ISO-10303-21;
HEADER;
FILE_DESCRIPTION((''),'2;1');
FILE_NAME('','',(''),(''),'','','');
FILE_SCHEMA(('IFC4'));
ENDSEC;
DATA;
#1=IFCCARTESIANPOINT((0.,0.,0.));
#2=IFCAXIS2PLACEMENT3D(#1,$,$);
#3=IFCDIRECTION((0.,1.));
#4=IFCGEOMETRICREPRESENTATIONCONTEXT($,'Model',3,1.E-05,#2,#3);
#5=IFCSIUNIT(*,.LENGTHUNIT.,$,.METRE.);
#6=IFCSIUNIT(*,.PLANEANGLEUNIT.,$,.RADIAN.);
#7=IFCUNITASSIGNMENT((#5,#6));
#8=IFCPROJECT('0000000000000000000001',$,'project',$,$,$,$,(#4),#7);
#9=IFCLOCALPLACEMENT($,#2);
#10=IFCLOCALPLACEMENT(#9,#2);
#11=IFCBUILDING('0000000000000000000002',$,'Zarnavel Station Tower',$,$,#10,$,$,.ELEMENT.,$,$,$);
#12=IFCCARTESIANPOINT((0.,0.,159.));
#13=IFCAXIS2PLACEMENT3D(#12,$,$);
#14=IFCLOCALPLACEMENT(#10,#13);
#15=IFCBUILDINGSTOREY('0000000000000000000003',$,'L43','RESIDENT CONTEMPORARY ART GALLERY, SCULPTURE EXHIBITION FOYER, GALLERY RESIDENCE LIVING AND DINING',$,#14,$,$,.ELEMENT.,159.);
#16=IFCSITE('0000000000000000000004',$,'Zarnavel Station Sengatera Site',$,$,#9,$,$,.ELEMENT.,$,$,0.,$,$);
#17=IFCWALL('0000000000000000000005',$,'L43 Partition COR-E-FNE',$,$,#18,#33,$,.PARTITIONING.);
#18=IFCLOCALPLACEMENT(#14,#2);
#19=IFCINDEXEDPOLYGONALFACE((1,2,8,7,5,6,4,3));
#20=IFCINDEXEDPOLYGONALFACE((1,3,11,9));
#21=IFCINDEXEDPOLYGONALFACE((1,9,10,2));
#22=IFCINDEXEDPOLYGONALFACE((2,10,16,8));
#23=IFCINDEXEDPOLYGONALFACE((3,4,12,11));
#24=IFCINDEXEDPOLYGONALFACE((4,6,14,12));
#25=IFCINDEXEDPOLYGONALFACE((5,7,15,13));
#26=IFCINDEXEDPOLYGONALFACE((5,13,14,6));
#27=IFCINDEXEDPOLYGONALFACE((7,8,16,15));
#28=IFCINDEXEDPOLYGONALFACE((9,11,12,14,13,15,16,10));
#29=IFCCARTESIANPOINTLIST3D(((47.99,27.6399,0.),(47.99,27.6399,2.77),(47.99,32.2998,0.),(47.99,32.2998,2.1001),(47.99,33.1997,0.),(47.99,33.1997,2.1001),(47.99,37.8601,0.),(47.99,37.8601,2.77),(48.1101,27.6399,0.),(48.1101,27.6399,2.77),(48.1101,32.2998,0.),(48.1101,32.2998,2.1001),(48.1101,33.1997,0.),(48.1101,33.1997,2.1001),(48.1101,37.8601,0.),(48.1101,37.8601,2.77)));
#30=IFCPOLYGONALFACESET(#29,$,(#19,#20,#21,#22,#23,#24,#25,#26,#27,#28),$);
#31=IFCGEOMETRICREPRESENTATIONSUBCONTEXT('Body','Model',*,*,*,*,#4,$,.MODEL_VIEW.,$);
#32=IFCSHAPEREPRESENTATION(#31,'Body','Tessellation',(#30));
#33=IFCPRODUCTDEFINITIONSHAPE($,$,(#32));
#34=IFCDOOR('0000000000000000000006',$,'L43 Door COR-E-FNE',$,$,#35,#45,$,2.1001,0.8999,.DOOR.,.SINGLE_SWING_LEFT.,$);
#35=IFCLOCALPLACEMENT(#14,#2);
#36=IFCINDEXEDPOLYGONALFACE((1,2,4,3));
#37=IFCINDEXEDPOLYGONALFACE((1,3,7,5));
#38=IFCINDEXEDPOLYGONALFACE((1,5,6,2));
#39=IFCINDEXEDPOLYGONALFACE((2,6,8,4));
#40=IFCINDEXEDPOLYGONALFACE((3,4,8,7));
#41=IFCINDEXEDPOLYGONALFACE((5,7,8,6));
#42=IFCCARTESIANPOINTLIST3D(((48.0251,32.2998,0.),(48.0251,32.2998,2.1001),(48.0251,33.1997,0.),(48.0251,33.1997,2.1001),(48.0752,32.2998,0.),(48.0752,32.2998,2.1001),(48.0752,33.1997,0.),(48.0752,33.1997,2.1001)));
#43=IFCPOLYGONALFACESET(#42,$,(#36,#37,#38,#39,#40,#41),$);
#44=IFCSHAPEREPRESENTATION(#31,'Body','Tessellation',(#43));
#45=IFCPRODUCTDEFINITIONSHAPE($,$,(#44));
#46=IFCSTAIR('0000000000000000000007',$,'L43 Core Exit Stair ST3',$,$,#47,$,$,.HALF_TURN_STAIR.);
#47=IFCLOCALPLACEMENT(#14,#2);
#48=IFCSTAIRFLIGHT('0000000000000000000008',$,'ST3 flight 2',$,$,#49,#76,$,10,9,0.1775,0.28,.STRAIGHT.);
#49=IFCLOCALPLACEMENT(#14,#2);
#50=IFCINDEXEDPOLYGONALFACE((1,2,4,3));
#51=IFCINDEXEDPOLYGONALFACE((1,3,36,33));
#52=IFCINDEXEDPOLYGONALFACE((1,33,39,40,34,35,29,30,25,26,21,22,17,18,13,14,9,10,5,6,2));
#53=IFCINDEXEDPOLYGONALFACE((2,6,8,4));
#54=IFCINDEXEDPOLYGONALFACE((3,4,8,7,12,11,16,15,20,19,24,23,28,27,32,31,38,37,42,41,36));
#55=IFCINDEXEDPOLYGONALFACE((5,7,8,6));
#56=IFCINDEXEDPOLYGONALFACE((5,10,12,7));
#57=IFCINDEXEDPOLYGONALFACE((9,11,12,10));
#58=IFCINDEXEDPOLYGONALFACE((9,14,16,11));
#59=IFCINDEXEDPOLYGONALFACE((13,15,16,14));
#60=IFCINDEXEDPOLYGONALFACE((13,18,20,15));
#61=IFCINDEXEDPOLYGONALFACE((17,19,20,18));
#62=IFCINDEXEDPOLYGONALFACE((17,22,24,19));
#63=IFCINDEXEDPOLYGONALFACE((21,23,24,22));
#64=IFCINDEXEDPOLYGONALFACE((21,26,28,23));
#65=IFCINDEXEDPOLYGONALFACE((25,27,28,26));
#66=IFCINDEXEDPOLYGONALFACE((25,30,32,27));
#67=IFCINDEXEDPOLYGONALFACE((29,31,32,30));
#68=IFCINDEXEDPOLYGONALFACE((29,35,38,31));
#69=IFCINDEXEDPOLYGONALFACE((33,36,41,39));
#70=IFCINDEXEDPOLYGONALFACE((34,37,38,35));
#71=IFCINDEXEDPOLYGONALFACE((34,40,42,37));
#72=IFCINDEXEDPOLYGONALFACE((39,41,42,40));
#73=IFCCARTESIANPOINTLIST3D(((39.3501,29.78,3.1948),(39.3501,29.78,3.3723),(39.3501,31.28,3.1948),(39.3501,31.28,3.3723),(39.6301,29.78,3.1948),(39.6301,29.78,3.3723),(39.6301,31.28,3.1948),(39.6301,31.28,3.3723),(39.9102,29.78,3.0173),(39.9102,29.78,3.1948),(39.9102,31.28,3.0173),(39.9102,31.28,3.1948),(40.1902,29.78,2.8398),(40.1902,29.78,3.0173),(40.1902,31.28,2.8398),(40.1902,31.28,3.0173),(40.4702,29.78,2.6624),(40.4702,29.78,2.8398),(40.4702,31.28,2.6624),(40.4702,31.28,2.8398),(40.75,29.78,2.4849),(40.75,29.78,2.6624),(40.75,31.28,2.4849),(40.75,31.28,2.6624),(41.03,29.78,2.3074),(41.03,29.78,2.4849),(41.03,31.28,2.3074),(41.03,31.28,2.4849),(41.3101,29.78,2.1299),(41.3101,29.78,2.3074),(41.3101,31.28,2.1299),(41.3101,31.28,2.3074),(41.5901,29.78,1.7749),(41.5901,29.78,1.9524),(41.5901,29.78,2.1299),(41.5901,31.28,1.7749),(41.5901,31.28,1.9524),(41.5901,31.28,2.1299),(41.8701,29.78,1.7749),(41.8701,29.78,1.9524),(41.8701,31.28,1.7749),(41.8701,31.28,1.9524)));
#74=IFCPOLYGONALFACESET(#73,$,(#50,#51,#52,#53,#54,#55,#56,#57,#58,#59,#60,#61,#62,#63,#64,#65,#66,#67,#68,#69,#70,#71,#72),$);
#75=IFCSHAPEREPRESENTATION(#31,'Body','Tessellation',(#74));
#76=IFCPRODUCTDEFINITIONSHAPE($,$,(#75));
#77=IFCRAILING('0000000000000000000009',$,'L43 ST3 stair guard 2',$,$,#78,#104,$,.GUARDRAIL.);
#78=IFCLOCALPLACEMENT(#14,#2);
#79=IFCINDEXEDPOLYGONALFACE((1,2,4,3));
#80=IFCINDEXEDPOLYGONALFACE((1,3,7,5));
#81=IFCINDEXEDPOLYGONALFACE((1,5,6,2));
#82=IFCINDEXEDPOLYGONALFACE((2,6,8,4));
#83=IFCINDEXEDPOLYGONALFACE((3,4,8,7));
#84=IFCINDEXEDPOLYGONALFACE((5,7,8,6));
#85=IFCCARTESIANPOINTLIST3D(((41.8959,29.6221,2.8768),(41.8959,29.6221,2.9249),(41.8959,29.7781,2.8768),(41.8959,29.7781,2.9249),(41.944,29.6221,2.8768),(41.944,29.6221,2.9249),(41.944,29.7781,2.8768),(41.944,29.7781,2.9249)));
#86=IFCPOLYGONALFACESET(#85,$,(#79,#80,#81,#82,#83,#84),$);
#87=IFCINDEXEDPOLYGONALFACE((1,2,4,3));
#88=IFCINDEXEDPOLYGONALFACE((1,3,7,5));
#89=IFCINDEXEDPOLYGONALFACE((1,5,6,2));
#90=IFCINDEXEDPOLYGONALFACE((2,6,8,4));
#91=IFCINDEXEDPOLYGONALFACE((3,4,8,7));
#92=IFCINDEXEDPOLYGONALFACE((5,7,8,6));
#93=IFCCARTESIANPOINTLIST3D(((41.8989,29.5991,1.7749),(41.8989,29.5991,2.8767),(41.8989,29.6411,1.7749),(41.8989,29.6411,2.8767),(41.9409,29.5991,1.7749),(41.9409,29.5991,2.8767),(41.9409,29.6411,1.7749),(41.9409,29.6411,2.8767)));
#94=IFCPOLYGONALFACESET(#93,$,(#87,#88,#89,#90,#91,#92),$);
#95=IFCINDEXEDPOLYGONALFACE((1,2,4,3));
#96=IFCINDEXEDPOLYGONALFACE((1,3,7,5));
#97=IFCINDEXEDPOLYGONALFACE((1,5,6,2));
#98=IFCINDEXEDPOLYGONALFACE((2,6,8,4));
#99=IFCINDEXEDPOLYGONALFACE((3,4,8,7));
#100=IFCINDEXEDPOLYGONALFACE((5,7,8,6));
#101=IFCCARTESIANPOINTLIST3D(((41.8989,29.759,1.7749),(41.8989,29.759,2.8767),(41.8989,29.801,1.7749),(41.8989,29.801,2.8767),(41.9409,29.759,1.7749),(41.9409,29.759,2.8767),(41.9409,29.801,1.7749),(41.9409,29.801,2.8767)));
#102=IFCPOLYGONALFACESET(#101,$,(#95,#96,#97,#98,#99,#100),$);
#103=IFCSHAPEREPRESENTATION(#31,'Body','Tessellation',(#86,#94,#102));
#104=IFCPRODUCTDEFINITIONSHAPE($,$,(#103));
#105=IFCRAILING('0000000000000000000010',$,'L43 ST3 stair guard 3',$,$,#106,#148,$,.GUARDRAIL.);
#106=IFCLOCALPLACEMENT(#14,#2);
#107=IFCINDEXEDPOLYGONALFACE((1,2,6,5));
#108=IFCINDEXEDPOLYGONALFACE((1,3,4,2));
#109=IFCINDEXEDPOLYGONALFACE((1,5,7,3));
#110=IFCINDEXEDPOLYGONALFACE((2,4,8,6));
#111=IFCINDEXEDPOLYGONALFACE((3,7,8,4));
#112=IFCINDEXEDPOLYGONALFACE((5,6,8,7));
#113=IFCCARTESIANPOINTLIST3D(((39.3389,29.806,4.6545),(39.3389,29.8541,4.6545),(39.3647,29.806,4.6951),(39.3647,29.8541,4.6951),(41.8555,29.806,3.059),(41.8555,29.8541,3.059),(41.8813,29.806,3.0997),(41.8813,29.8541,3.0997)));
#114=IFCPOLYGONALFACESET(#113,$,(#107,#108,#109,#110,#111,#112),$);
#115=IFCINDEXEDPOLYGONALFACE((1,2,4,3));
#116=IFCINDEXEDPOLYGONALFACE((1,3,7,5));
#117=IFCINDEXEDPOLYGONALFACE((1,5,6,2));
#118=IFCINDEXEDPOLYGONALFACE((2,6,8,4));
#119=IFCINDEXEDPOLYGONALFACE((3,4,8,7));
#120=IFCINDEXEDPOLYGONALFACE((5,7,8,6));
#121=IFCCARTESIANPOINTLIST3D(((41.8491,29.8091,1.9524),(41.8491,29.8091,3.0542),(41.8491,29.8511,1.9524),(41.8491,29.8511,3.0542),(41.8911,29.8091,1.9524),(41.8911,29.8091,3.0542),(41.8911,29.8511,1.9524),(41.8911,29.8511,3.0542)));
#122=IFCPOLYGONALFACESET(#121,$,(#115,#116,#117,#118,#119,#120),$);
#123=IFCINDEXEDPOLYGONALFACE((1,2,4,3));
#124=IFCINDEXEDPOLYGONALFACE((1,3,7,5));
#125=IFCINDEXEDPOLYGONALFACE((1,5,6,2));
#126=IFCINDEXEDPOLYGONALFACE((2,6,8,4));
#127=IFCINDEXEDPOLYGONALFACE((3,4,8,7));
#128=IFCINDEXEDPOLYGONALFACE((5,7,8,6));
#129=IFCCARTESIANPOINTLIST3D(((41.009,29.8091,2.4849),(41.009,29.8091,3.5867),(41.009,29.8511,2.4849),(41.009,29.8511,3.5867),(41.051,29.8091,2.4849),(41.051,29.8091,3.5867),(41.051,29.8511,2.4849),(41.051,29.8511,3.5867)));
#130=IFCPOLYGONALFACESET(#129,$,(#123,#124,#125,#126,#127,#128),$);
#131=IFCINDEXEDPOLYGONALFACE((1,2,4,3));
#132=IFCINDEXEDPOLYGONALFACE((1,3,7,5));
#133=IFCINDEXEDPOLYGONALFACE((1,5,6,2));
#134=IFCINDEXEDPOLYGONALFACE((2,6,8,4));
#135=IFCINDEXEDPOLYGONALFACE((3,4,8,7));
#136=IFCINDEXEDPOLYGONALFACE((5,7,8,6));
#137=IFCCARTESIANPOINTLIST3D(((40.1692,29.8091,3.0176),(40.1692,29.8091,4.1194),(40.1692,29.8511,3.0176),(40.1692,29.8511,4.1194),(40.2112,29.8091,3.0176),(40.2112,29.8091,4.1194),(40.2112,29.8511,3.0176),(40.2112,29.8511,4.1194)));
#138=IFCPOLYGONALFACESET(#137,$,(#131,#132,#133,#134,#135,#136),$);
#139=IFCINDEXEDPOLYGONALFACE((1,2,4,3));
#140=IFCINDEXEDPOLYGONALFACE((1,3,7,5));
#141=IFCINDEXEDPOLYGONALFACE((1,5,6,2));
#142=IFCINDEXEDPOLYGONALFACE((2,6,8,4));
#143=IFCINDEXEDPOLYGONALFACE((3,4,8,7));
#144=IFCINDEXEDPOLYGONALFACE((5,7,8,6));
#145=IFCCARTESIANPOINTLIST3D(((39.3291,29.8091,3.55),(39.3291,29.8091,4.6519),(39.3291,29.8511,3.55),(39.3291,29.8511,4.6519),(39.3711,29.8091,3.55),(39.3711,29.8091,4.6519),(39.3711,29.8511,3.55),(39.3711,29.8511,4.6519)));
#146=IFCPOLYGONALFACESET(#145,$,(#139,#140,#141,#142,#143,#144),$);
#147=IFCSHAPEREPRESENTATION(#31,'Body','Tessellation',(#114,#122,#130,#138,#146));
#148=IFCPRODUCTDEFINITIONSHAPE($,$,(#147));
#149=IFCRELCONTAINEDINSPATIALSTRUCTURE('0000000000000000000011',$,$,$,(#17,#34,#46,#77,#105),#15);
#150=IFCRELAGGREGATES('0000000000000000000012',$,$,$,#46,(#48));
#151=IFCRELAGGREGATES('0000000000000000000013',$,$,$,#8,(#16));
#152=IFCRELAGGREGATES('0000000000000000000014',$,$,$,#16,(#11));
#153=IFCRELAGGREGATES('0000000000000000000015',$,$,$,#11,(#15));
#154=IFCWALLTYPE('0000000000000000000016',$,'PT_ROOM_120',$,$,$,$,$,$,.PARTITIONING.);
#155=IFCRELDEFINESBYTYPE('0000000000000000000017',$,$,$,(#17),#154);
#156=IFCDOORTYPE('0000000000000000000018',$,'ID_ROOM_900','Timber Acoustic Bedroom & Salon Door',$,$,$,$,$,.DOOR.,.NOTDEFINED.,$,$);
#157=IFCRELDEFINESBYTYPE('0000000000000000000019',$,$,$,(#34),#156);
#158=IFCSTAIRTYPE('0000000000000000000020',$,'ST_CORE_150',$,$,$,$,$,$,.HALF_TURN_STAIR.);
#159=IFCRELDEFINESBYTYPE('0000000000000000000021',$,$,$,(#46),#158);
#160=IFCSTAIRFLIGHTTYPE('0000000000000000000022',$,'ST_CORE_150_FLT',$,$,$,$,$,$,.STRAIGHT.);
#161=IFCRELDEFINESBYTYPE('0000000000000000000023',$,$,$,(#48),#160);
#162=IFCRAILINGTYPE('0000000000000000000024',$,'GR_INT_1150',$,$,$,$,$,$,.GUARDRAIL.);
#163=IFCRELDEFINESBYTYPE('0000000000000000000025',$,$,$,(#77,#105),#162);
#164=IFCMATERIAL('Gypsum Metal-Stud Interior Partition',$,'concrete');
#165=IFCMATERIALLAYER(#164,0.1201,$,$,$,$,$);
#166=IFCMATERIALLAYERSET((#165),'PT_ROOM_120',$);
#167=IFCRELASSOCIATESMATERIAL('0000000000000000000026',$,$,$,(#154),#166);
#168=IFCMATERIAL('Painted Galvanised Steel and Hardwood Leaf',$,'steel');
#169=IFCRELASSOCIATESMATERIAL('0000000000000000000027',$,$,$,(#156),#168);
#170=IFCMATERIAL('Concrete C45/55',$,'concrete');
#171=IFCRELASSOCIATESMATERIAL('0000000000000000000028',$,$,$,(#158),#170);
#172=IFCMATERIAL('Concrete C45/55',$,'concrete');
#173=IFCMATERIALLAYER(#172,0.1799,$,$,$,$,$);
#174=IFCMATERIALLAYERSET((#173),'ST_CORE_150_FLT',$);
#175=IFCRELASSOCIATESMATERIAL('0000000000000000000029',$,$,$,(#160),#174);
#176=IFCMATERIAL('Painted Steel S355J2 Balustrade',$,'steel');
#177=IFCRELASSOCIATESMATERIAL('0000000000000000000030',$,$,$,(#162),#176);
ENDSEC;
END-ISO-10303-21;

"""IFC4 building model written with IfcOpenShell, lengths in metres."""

from ifc_helpers import new_model, si_unit, direction, frame, frame_2d, origin, origin_2d, place, context, subcontext, project, spatial, polyline, rectangle, outline, extrude, material, layer, layer_set, type_object, element, fill, aggregate, save


model = new_model("IFC4")

# Units and contexts
model_context = context("Model", 3, precision=1e-05, world=origin(), true_north=direction((0.0, 1.0)))
body_context = subcontext(model_context, "Body", "Model", "MODEL_VIEW")
ifc_project = project(units=[si_unit("LENGTHUNIT", "METRE"), si_unit("PLANEANGLEUNIT", "RADIAN")], contexts=[model_context])

# Site, building, storey
site_placement = place(None, origin())
site = spatial("IfcSite", under=ifc_project, at=site_placement, Name="Zarnavel Station Sengatera Site", CompositionType="ELEMENT", RefElevation=0.0)
building_placement = place(site_placement, origin())
building = spatial("IfcBuilding", under=site, at=building_placement, Name="Zarnavel Station Tower", CompositionType="ELEMENT")
storey_placement = place(building_placement, frame((0.0, 0.0, 159.0)))
storey = spatial("IfcBuildingStorey", under=building, at=storey_placement, Name="L43", Description="RESIDENT CONTEMPORARY ART GALLERY, SCULPTURE EXHIBITION FOYER, GALLERY RESIDENCE LIVING AND DINING", CompositionType="ELEMENT", Elevation=159.0)

# Wall, opening, door
ifc_material_1 = material(Name="Gypsum Metal-Stud Interior Partition", Category="concrete")
ifc_layer_1 = layer(ifc_material_1, 0.1201)
ifc_layer_set_1 = layer_set([ifc_layer_1], Name="PT_ROOM_120")
wall_type_1 = type_object("IfcWallType", Name="PT_ROOM_120", PredefinedType="PARTITIONING", material=ifc_layer_set_1)
ifc_material_2 = material(Name="Painted Galvanised Steel and Hardwood Leaf", Category="steel")
door_type_1 = type_object("IfcDoorType", Name="ID_ROOM_900", Description="Timber Acoustic Bedroom & Salon Door", OperationType="NOTDEFINED", PredefinedType="DOOR", material=ifc_material_2)
wall_1_placement = place(storey_placement, frame((48.05, 27.6399, 0.0), z_axis=(0.0, 0.0, 1.0), x_axis=(0.0, 1.0, 0.0)))
wall_1 = element("IfcWall", 1, at=wall_1_placement, inside=storey, type_object=wall_type_1, Name="L43 Partition COR-E-FNE", PredefinedType="PARTITIONING", context=body_context, shape_type="SweptSolid", body=[
    extrude(rectangle(XDim=10.2202, YDim=0.1201, at=frame_2d((5.1101, 0.0))), origin(), (0.0, 0.0, 1.0), 2.77),
])
opening_1_placement = place(wall_1_placement, frame((4.6599, 0.0, 0.0)))
opening_1 = element("IfcOpeningElement", 2, at=opening_1_placement, cuts=wall_1, PredefinedType="OPENING", context=body_context, shape_type="SweptSolid", body=[
    extrude(rectangle(XDim=0.8999, YDim=2.1001, at=frame_2d((0.45, 1.05))), frame((0.0, 0.0701, 0.0), z_axis=(0.0, -1.0, 0.0), x_axis=(1.0, 0.0, 0.0)), (0.0, 0.0, 1.0), 0.1401),
])
door_1_placement = place(opening_1_placement, origin())
door_1 = element("IfcDoor", 3, at=door_1_placement, inside=storey, type_object=door_type_1, Name="L43 Door COR-E-FNE", OperationType="SINGLE_SWING_LEFT", OverallHeight=2.1001, OverallWidth=0.8999, PredefinedType="DOOR", context=body_context, shape_type="SweptSolid", body=[
    extrude(rectangle(XDim=0.8999, YDim=2.1001, at=frame_2d((0.45, 1.05))), frame((0.0, 0.0249, 0.0), z_axis=(0.0, -1.0, 0.0), x_axis=(1.0, 0.0, 0.0)), (0.0, 0.0, 1.0), 0.05),
])
fill(opening_1, door_1)

# Stair, stair flight
ifc_material_3 = material(Name="Concrete C45/55", Category="concrete")
stair_type = type_object("IfcStairType", Name="ST_CORE_150", PredefinedType="HALF_TURN_STAIR", material=ifc_material_3)
stair_placement = place(storey_placement, origin())
stair = element("IfcStair", 4, at=stair_placement, inside=storey, type_object=stair_type, Name="L43 Core Exit Stair ST3", PredefinedType="HALF_TURN_STAIR")
ifc_material_4 = material(Name="Concrete C45/55", Category="concrete")
ifc_layer_2 = layer(ifc_material_4, 0.1799)
ifc_layer_set_2 = layer_set([ifc_layer_2], Name="ST_CORE_150_FLT")
stair_flight_type = type_object("IfcStairFlightType", Name="ST_CORE_150_FLT", PredefinedType="STRAIGHT", material=ifc_layer_set_2)
stair_flight_placement = place(storey_placement, frame((41.8701, 30.53, 1.7749), z_axis=(0.0, 0.0, 1.0), x_axis=(-1.0, 0.0, 0.0)))
stair_flight = element("IfcStairFlight", 5, at=stair_flight_placement, type_object=stair_flight_type, Name="ST3 flight 2", NumberOfRisers=10, NumberOfTreads=9, PredefinedType="STRAIGHT", RiserHeight=0.1775, TreadLength=0.28, context=body_context, shape_type="SweptSolid", body=[
    extrude(outline(polyline([(0.0, 0.0), (0.0, 0.1775), (0.28, 0.1775), (0.28, 0.355), (0.5601, 0.355), (0.5601, 0.5325), (0.8401, 0.5325), (0.8401, 0.71), (1.1201, 0.71), (1.1201, 0.8875), (1.3999, 0.8875), (1.3999, 1.0649), (1.6799, 1.0649), (1.6799, 1.2424), (1.96, 1.2424), (1.96, 1.4199), (2.24, 1.4199), (2.24, 1.5974), (2.52, 1.5974), (2.52, 1.7749), (2.52, 1.4199), (0.28, 0.0), (0.0, 0.0)])), frame((0.0, 0.75, 0.0), z_axis=(0.0, -1.0, 0.0), x_axis=(1.0, 0.0, 0.0)), (0.0, 0.0, 1.0), 1.5),
])
aggregate(stair, [stair_flight])

# Railings
ifc_material_5 = material(Name="Painted Steel S355J2 Balustrade", Category="steel")
railing_type = type_object("IfcRailingType", Name="GR_INT_1150", PredefinedType="GUARDRAIL", material=ifc_material_5)
railing_1_placement = place(storey_placement, frame((41.9199, 29.6201, 1.7749)))
element("IfcRailing", 6, at=railing_1_placement, inside=storey, type_object=railing_type, Name="L43 ST3 stair guard 2", PredefinedType="GUARDRAIL", context=body_context, shape_type="SweptSolid", body=[
    extrude(rectangle(XDim=0.0481, YDim=0.0481, at=origin_2d()), frame((0.0, 0.002, 1.126), z_axis=(0.0, 1.0, 0.0), x_axis=(-1.0, 0.0, 0.0)), (0.0, 0.0, 1.0), 0.156),
    extrude(rectangle(XDim=0.042, YDim=0.042, at=origin_2d()), origin(), (0.0, 0.0, 1.0), 1.1018),
    extrude(rectangle(XDim=0.042, YDim=0.042, at=origin_2d()), frame((0.0, 0.1599, 0.0)), (0.0, 0.0, 1.0), 1.1018),
])
railing_2_placement = place(storey_placement, frame((41.8701, 29.8301, 1.9524)))
element("IfcRailing", 7, at=railing_2_placement, inside=storey, type_object=railing_type, Name="L43 ST3 stair guard 3", PredefinedType="GUARDRAIL", context=body_context, shape_type="SweptSolid", body=[
    extrude(rectangle(XDim=0.0481, YDim=0.0481, at=origin_2d()), frame((-0.0017, 0.0, 1.127), z_axis=(-0.84457, 0.0, 0.535445), x_axis=(0.0, -1.0, 0.0)), (0.0, 0.0, 1.0), 2.9797),
    extrude(rectangle(XDim=0.042, YDim=0.042, at=origin_2d()), origin(), (0.0, 0.0, 1.0), 1.1018),
    extrude(rectangle(XDim=0.042, YDim=0.042, at=origin_2d()), frame((-0.8401, 0.0, 0.5325)), (0.0, 0.0, 1.0), 1.1018),
    extrude(rectangle(XDim=0.042, YDim=0.042, at=origin_2d()), frame((-1.6799, 0.0, 1.0652)), (0.0, 0.0, 1.0), 1.1018),
    extrude(rectangle(XDim=0.042, YDim=0.042, at=origin_2d()), frame((-2.52, 0.0, 1.5977)), (0.0, 0.0, 1.0), 1.1018),
])

save(model, "model.ifc")
